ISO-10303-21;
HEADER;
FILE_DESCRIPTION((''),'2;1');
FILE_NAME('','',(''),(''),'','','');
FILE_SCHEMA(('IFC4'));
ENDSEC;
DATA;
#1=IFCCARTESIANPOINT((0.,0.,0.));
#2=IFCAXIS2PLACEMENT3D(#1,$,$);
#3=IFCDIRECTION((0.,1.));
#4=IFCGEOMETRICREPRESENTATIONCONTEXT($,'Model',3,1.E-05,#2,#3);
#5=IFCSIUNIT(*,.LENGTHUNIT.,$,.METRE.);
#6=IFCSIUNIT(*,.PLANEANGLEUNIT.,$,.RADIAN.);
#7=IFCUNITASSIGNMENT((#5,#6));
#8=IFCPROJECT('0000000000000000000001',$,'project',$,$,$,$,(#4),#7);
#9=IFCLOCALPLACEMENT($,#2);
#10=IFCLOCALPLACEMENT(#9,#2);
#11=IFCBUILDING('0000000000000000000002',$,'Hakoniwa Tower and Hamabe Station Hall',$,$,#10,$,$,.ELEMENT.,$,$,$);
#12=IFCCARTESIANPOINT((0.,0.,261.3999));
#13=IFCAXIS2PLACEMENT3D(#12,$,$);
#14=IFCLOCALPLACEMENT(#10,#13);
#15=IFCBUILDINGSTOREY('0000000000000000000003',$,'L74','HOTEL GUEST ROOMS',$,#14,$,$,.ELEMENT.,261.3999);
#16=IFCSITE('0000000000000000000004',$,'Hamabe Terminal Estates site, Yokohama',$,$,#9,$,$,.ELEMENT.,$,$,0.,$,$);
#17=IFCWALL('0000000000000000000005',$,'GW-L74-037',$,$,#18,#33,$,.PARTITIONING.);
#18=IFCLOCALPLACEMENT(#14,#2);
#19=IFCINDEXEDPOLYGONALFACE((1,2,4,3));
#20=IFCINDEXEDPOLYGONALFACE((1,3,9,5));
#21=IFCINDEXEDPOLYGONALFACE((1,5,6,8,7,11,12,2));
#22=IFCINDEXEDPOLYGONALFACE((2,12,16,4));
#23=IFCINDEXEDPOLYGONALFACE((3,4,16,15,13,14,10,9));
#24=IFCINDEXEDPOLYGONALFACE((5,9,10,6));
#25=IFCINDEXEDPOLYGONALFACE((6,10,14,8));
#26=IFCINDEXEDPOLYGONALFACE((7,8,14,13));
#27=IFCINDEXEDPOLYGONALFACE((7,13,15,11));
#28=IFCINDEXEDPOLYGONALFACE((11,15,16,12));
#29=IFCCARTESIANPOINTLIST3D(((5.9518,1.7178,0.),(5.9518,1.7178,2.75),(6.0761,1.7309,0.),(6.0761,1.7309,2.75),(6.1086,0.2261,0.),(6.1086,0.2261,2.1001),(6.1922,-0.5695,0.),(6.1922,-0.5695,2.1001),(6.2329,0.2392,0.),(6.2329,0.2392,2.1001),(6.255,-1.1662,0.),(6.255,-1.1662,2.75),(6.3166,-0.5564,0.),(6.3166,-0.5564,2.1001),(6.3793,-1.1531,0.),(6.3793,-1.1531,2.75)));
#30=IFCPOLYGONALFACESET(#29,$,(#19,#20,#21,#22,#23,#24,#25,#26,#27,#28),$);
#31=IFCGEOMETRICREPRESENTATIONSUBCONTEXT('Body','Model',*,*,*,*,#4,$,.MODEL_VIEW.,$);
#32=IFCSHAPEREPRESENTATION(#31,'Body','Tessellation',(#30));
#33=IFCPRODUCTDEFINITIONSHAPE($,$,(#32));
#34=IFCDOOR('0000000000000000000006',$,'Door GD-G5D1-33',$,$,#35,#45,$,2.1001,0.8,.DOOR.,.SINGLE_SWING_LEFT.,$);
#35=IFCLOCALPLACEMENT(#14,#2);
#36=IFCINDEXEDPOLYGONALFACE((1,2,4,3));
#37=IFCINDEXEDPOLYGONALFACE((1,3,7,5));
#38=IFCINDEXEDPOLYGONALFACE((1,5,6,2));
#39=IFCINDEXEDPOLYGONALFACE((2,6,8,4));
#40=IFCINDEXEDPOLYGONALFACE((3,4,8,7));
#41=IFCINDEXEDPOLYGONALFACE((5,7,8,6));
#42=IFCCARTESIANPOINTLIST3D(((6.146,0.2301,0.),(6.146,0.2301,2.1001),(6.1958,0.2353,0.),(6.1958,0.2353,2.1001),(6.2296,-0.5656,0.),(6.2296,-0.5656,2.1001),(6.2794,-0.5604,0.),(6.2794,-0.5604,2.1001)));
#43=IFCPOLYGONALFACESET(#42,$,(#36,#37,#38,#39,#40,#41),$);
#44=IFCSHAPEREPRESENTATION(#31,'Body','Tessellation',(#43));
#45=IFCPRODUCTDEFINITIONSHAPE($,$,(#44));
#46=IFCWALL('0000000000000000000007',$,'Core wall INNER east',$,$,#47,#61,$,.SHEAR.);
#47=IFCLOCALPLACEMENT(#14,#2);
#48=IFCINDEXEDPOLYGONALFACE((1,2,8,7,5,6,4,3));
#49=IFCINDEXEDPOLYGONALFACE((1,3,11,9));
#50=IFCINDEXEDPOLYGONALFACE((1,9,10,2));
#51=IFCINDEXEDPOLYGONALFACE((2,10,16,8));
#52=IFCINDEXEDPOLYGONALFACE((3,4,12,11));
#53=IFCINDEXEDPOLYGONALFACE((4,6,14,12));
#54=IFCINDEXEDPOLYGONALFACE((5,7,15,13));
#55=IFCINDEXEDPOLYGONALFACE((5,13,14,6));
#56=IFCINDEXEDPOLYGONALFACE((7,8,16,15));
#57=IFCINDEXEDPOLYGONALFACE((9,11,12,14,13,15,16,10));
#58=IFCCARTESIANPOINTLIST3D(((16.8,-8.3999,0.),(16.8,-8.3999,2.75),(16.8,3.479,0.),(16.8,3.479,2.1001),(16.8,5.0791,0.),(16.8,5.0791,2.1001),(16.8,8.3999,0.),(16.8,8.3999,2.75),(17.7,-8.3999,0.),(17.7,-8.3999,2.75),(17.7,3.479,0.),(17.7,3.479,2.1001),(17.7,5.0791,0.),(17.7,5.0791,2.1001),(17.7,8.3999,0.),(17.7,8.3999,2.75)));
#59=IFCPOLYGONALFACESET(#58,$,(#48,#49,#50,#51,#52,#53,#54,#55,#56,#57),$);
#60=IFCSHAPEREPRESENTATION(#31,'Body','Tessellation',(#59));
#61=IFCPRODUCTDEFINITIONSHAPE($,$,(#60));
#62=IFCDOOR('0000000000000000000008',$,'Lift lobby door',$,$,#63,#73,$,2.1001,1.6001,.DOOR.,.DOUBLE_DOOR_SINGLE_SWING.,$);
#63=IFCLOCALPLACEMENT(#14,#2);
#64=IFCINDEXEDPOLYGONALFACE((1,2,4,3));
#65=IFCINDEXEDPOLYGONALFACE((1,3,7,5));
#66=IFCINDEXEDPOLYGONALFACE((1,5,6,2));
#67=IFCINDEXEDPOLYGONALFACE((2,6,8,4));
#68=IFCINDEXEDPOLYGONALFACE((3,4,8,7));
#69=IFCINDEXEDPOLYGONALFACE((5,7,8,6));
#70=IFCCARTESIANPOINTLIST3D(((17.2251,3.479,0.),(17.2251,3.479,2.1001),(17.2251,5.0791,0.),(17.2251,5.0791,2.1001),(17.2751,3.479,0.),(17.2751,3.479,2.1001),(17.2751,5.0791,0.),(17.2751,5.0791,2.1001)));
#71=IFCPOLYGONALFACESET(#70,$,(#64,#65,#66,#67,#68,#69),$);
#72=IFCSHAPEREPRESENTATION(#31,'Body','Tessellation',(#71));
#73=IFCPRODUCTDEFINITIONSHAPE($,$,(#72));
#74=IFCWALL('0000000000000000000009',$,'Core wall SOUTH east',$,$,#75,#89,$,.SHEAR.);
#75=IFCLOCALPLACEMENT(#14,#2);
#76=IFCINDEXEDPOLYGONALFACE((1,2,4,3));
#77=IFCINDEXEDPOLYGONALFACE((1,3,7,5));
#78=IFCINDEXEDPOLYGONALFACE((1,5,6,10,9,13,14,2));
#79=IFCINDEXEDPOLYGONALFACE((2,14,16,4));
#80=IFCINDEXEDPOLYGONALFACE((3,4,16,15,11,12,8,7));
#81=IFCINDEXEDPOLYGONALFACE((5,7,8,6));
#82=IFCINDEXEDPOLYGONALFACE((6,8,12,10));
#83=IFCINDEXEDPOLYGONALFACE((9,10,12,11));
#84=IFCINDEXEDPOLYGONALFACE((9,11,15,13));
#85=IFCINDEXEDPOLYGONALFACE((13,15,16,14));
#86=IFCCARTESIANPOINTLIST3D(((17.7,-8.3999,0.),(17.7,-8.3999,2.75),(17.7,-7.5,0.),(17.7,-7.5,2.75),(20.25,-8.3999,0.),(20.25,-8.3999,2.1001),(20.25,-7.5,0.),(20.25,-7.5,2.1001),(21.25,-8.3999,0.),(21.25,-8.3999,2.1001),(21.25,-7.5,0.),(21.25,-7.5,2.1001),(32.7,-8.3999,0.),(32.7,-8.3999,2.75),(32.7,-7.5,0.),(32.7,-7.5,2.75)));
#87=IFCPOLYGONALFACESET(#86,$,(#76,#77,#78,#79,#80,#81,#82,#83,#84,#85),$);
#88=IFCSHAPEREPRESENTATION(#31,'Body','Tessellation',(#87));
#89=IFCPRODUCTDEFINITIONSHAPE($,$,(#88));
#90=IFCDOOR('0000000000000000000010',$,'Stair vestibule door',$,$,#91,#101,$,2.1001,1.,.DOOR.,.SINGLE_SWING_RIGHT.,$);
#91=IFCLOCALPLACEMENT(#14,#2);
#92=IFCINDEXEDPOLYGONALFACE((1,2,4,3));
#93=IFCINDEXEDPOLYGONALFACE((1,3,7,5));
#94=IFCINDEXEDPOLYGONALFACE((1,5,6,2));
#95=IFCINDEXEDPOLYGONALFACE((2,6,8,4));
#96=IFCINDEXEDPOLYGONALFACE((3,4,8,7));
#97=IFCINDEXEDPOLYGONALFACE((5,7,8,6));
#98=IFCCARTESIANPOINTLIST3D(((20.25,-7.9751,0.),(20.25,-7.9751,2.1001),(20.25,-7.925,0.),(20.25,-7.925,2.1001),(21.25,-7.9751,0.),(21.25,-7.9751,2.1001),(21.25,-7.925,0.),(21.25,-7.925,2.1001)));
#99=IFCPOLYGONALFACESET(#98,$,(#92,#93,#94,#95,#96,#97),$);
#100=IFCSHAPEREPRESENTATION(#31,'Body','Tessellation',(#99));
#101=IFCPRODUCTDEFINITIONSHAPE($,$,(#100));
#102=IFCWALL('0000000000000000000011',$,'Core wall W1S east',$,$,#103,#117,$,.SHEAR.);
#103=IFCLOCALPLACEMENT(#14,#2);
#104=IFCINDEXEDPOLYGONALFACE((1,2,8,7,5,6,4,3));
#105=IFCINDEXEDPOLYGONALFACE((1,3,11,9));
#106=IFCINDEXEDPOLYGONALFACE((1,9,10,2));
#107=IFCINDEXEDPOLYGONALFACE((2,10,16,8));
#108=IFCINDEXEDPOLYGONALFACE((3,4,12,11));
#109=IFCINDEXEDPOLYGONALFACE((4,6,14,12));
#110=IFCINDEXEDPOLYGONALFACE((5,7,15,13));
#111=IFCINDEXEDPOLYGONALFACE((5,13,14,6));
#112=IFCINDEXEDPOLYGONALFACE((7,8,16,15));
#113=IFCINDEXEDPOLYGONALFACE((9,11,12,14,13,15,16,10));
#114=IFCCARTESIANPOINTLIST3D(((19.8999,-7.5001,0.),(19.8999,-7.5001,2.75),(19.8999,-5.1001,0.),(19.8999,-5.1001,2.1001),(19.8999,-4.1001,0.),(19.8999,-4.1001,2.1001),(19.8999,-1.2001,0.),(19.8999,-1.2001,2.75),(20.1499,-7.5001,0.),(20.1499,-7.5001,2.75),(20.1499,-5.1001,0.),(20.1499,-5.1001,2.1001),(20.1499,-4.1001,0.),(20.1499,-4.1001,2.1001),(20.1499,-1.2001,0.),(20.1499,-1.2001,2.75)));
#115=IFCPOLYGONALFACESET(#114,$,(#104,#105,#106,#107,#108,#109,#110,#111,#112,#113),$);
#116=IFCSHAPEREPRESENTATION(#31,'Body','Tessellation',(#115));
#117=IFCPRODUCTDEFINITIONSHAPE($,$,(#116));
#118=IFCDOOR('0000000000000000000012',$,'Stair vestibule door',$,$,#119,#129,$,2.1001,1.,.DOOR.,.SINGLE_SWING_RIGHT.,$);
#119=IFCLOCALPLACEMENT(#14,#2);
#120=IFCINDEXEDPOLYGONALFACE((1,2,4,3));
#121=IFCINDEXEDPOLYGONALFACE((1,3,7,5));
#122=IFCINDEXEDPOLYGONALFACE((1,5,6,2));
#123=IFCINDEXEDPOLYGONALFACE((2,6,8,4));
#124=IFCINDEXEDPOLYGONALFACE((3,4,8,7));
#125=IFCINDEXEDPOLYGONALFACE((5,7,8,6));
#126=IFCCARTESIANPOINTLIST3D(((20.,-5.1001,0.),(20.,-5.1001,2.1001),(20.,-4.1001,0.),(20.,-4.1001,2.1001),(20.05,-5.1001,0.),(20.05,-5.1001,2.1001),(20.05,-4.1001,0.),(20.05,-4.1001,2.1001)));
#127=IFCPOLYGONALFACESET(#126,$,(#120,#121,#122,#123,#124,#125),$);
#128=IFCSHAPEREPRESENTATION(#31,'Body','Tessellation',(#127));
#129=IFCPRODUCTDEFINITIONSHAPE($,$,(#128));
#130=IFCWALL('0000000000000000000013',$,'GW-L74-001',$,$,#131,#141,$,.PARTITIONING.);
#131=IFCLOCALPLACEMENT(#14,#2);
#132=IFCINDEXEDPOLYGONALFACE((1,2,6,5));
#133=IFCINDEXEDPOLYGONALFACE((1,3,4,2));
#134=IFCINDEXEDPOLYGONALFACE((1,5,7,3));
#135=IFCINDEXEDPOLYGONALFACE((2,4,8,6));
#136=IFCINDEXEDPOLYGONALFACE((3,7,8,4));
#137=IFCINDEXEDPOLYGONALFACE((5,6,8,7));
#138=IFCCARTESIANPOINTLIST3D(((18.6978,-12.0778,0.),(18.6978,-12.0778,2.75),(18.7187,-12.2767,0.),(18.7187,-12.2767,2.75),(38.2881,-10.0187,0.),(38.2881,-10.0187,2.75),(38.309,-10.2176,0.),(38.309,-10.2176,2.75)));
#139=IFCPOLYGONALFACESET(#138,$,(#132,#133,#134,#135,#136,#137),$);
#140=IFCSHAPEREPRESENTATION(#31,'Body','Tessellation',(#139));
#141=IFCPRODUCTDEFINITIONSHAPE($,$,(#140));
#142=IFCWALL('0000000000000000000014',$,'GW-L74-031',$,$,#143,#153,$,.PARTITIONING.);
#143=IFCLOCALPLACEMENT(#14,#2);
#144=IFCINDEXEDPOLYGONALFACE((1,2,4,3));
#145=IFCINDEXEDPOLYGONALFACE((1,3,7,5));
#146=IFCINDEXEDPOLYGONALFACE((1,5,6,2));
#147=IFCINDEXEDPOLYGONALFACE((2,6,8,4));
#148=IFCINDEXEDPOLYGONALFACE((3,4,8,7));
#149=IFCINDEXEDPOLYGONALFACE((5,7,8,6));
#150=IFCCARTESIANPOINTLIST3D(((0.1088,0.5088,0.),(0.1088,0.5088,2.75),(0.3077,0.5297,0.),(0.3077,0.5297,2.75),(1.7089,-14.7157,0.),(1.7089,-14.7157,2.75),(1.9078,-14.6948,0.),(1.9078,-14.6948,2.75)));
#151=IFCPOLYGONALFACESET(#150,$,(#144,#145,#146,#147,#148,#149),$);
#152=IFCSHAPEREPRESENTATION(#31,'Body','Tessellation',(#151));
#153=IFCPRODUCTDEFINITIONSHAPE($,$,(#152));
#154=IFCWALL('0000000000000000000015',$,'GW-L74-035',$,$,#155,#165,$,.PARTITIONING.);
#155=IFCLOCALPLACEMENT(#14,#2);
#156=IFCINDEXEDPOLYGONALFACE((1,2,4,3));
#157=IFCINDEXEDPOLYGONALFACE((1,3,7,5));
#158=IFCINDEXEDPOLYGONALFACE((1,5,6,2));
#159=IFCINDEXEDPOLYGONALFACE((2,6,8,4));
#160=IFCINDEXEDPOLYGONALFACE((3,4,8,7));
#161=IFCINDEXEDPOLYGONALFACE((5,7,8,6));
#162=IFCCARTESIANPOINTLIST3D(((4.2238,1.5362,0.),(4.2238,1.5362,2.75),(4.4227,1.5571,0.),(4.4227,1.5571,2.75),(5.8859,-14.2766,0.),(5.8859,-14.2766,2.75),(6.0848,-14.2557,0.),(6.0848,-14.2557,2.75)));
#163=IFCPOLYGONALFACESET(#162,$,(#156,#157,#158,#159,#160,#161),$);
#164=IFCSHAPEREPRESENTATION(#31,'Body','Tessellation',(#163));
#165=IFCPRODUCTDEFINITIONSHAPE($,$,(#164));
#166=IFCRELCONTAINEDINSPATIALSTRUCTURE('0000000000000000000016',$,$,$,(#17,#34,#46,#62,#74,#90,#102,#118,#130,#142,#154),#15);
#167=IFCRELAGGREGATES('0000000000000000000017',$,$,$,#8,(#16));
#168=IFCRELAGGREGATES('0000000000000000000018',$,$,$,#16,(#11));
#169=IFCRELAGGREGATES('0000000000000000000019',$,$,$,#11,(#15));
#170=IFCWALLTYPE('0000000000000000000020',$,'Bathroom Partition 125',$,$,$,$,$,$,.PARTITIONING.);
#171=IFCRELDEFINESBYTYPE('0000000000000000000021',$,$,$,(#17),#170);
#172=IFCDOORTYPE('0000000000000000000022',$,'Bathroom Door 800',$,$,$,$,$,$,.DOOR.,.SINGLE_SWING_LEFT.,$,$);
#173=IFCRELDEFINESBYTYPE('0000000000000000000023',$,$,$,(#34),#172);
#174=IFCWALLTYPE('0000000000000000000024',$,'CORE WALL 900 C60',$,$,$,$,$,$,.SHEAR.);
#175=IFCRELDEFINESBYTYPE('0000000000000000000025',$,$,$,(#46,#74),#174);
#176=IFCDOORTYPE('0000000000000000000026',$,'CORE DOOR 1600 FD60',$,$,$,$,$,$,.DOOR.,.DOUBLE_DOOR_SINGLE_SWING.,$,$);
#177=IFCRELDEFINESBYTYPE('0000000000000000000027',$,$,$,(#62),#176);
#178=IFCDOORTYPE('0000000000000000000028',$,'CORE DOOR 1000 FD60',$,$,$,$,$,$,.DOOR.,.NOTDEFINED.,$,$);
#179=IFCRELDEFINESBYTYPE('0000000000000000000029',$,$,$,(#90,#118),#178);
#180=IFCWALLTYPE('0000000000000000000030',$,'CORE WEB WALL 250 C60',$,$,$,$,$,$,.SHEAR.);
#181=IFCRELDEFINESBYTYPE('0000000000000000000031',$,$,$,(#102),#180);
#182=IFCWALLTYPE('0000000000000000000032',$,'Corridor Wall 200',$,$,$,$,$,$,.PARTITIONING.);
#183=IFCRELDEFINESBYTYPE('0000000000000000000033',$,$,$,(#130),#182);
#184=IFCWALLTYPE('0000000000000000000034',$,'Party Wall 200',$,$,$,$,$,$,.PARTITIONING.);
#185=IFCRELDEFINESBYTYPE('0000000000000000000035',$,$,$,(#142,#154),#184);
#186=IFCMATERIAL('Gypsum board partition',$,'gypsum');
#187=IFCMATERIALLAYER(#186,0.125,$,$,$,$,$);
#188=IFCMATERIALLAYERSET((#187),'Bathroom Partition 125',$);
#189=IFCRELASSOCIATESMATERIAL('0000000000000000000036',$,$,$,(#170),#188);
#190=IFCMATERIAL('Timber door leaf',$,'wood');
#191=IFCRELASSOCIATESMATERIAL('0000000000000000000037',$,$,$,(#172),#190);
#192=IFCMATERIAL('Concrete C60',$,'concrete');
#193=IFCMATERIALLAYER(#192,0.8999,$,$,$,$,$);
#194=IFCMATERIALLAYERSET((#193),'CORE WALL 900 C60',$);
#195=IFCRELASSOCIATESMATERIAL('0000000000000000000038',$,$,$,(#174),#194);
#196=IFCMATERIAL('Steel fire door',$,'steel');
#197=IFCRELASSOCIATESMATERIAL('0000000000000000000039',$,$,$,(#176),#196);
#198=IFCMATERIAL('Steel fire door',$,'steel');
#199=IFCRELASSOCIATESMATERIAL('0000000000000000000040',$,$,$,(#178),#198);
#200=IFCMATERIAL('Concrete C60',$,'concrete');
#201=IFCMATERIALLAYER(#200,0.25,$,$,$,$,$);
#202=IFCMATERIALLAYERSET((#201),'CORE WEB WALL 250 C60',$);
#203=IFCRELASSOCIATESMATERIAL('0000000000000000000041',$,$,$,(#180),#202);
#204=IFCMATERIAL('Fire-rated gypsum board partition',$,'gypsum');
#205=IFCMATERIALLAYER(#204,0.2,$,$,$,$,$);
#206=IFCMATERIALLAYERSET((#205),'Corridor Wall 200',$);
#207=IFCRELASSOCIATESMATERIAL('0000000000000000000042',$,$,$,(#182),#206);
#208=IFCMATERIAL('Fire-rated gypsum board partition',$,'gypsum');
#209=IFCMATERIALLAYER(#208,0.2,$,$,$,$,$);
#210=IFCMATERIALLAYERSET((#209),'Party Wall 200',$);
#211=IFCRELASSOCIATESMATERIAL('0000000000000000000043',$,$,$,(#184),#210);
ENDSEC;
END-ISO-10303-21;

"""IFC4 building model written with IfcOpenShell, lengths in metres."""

from ifc_helpers import new_model, si_unit, direction, frame, frame_2d, origin, place, context, subcontext, project, spatial, rectangle, extrude, material, layer, layer_set, type_object, element, fill, save


model = new_model("IFC4")

# Units and contexts
model_context = context("Model", 3, precision=1e-05, world=origin(), true_north=direction((0.0, 1.0)))
body_context = subcontext(model_context, "Body", "Model", "MODEL_VIEW")
ifc_project = project(units=[si_unit("LENGTHUNIT", "METRE"), si_unit("PLANEANGLEUNIT", "RADIAN")], contexts=[model_context])

# Site, building, storey
site_placement = place(None, origin())
site = spatial("IfcSite", under=ifc_project, at=site_placement, Name="Hamabe Terminal Estates site, Yokohama", CompositionType="ELEMENT", RefElevation=0.0)
building_placement = place(site_placement, origin())
building = spatial("IfcBuilding", under=site, at=building_placement, Name="Hakoniwa Tower and Hamabe Station Hall", CompositionType="ELEMENT")
storey_placement = place(building_placement, frame((0.0, 0.0, 261.3999)))
storey = spatial("IfcBuildingStorey", under=building, at=storey_placement, Name="L74", Description="HOTEL GUEST ROOMS", CompositionType="ELEMENT", Elevation=261.3999)

# Shared definitions
ifc_material_1 = material(Name="Gypsum board partition", Category="gypsum")
ifc_layer_1 = layer(ifc_material_1, 0.125)
ifc_layer_set_1 = layer_set([ifc_layer_1], Name="Bathroom Partition 125")
wall_type_1 = type_object("IfcWallType", Name="Bathroom Partition 125", PredefinedType="PARTITIONING", material=ifc_layer_set_1)

# Walls, openings, doors
ifc_material_2 = material(Name="Timber door leaf", Category="wood")
door_type_1 = type_object("IfcDoorType", Name="Bathroom Door 800", OperationType="SINGLE_SWING_LEFT", PredefinedType="DOOR", material=ifc_material_2)
wall_1_placement = place(storey_placement, frame((6.3171, -1.1597, 0.0), z_axis=(0.0, 0.0, 1.0), x_axis=(-0.104562, 0.994518, 0.0)))
wall_1 = element("IfcWall", 1, at=wall_1_placement, inside=storey, type_object=wall_type_1, Name="GW-L74-037", PredefinedType="PARTITIONING", context=body_context, shape_type="SweptSolid", body=[
    extrude(rectangle(XDim=2.8999, YDim=0.125, at=frame_2d((1.45, 0.0))), origin(), (0.0, 0.0, 1.0), 2.75),
])
opening_1_placement = place(wall_1_placement, frame((0.6001, 0.0, 0.0)))
opening_1 = element("IfcOpeningElement", 2, at=opening_1_placement, cuts=wall_1, PredefinedType="OPENING", context=body_context, shape_type="SweptSolid", body=[
    extrude(rectangle(XDim=0.8, YDim=2.1001, at=frame_2d((0.3999, 1.05))), frame((0.0, 0.0725, 0.0), z_axis=(0.0, -1.0, 0.0), x_axis=(1.0, 0.0, 0.0)), (0.0, 0.0, 1.0), 0.145),
])
door_1_placement = place(opening_1_placement, origin())
door_1 = element("IfcDoor", 3, at=door_1_placement, inside=storey, type_object=door_type_1, Name="Door GD-G5D1-33", OperationType="SINGLE_SWING_LEFT", OverallHeight=2.1001, OverallWidth=0.8, PredefinedType="DOOR", context=body_context, shape_type="SweptSolid", body=[
    extrude(rectangle(XDim=0.8, YDim=2.1001, at=frame_2d((0.3999, 1.05))), frame((0.0, 0.0249, 0.0), z_axis=(0.0, -1.0, 0.0), x_axis=(1.0, 0.0, 0.0)), (0.0, 0.0, 1.0), 0.05),
])
fill(opening_1, door_1)
ifc_material_3 = material(Name="Concrete C60", Category="concrete")
ifc_layer_2 = layer(ifc_material_3, 0.8999)
ifc_layer_set_2 = layer_set([ifc_layer_2], Name="CORE WALL 900 C60")
wall_type_2 = type_object("IfcWallType", Name="CORE WALL 900 C60", PredefinedType="SHEAR", material=ifc_layer_set_2)
wall_2_placement = place(storey_placement, frame((17.25, -8.3999, 0.0), z_axis=(0.0, 0.0, 1.0), x_axis=(0.0, 1.0, 0.0)))
wall_2 = element("IfcWall", 4, at=wall_2_placement, inside=storey, type_object=wall_type_2, Name="Core wall INNER east", PredefinedType="SHEAR", context=body_context, shape_type="SweptSolid", body=[
    extrude(rectangle(XDim=16.7998, YDim=0.8999, at=frame_2d((8.3999, 0.0))), origin(), (0.0, 0.0, 1.0), 2.75),
])
opening_2_placement = place(wall_2_placement, frame((11.8789, 0.0, 0.0)))
opening_2 = element("IfcOpeningElement", 5, at=opening_2_placement, cuts=wall_2, PredefinedType="OPENING", context=body_context, shape_type="SweptSolid", body=[
    extrude(rectangle(XDim=1.6001, YDim=2.1001, at=frame_2d((0.8, 1.05))), frame((0.0, 0.46, 0.0), z_axis=(0.0, -1.0, 0.0), x_axis=(1.0, 0.0, 0.0)), (0.0, 0.0, 1.0), 0.9199),
])
ifc_material_4 = material(Name="Steel fire door", Category="steel")
door_type_2 = type_object("IfcDoorType", Name="CORE DOOR 1600 FD60", OperationType="DOUBLE_DOOR_SINGLE_SWING", PredefinedType="DOOR", material=ifc_material_4)
door_2_placement = place(opening_2_placement, origin())
door_2 = element("IfcDoor", 6, at=door_2_placement, inside=storey, type_object=door_type_2, Name="Lift lobby door", OperationType="DOUBLE_DOOR_SINGLE_SWING", OverallHeight=2.1001, OverallWidth=1.6001, PredefinedType="DOOR", context=body_context, shape_type="SweptSolid", body=[
    extrude(rectangle(XDim=1.6001, YDim=2.1001, at=frame_2d((0.8, 1.05))), frame((0.0, 0.0249, 0.0), z_axis=(0.0, -1.0, 0.0), x_axis=(1.0, 0.0, 0.0)), (0.0, 0.0, 1.0), 0.05),
])
fill(opening_2, door_2)
wall_3_placement = place(storey_placement, frame((17.7, -7.95, 0.0), z_axis=(0.0, 0.0, 1.0), x_axis=(1.0, 0.0, 0.0)))
wall_3 = element("IfcWall", 7, at=wall_3_placement, inside=storey, type_object=wall_type_2, Name="Core wall SOUTH east", PredefinedType="SHEAR", context=body_context, shape_type="SweptSolid", body=[
    extrude(rectangle(XDim=15.0, YDim=0.8999, at=frame_2d((7.5, 0.0))), origin(), (0.0, 0.0, 1.0), 2.75),
])
opening_3_placement = place(wall_3_placement, frame((2.55, 0.0, 0.0)))
opening_3 = element("IfcOpeningElement", 8, at=opening_3_placement, cuts=wall_3, PredefinedType="OPENING", context=body_context, shape_type="SweptSolid", body=[
    extrude(rectangle(XDim=1.0, YDim=2.1001, at=frame_2d((0.5, 1.05))), frame((0.0, 0.46, 0.0), z_axis=(0.0, -1.0, 0.0), x_axis=(1.0, 0.0, 0.0)), (0.0, 0.0, 1.0), 0.9199),
])
ifc_material_5 = material(Name="Steel fire door", Category="steel")
door_type_3 = type_object("IfcDoorType", Name="CORE DOOR 1000 FD60", OperationType="NOTDEFINED", PredefinedType="DOOR", material=ifc_material_5)
door_3_placement = place(opening_3_placement, origin())
door_3 = element("IfcDoor", 9, at=door_3_placement, inside=storey, type_object=door_type_3, Name="Stair vestibule door", OperationType="SINGLE_SWING_RIGHT", OverallHeight=2.1001, OverallWidth=1.0, PredefinedType="DOOR", context=body_context, shape_type="SweptSolid", body=[
    extrude(rectangle(XDim=1.0, YDim=2.1001, at=frame_2d((0.5, 1.05))), frame((0.0, 0.0249, 0.0), z_axis=(0.0, -1.0, 0.0), x_axis=(1.0, 0.0, 0.0)), (0.0, 0.0, 1.0), 0.05),
])
fill(opening_3, door_3)
ifc_material_6 = material(Name="Concrete C60", Category="concrete")
ifc_layer_3 = layer(ifc_material_6, 0.25)
ifc_layer_set_3 = layer_set([ifc_layer_3], Name="CORE WEB WALL 250 C60")
wall_type_3 = type_object("IfcWallType", Name="CORE WEB WALL 250 C60", PredefinedType="SHEAR", material=ifc_layer_set_3)
wall_4_placement = place(storey_placement, frame((20.0249, -7.5, 0.0), z_axis=(0.0, 0.0, 1.0), x_axis=(0.0, 1.0, 0.0)))
wall_4 = element("IfcWall", 10, at=wall_4_placement, inside=storey, type_object=wall_type_3, Name="Core wall W1S east", PredefinedType="SHEAR", context=body_context, shape_type="SweptSolid", body=[
    extrude(rectangle(XDim=6.3, YDim=0.25, at=frame_2d((3.1499, 0.0))), origin(), (0.0, 0.0, 1.0), 2.75),
])
opening_4_placement = place(wall_4_placement, frame((2.3999, 0.0, 0.0)))
opening_4 = element("IfcOpeningElement", 11, at=opening_4_placement, cuts=wall_4, PredefinedType="OPENING", context=body_context, shape_type="SweptSolid", body=[
    extrude(rectangle(XDim=1.0, YDim=2.1001, at=frame_2d((0.5, 1.05))), frame((0.0, 0.135, 0.0), z_axis=(0.0, -1.0, 0.0), x_axis=(1.0, 0.0, 0.0)), (0.0, 0.0, 1.0), 0.27),
])
door_4_placement = place(opening_4_placement, origin())
door_4 = element("IfcDoor", 12, at=door_4_placement, inside=storey, type_object=door_type_3, Name="Stair vestibule door", OperationType="SINGLE_SWING_RIGHT", OverallHeight=2.1001, OverallWidth=1.0, PredefinedType="DOOR", context=body_context, shape_type="SweptSolid", body=[
    extrude(rectangle(XDim=1.0, YDim=2.1001, at=frame_2d((0.5, 1.05))), frame((0.0, 0.0249, 0.0), z_axis=(0.0, -1.0, 0.0), x_axis=(1.0, 0.0, 0.0)), (0.0, 0.0, 1.0), 0.05),
])
fill(opening_4, door_4)

# Walls
ifc_material_7 = material(Name="Fire-rated gypsum board partition", Category="gypsum")
ifc_layer_4 = layer(ifc_material_7, 0.2)
ifc_layer_set_4 = layer_set([ifc_layer_4], Name="Corridor Wall 200")
wall_type_4 = type_object("IfcWallType", Name="Corridor Wall 200", PredefinedType="PARTITIONING", material=ifc_layer_set_4)
wall_5_placement = place(storey_placement, frame((18.7083, -12.1772, 0.0), z_axis=(0.0, 0.0, 1.0), x_axis=(0.994522, 0.104531, 0.0)))
element("IfcWall", 13, at=wall_5_placement, inside=storey, type_object=wall_type_4, Name="GW-L74-001", PredefinedType="PARTITIONING", context=body_context, shape_type="SweptSolid", body=[
    extrude(rectangle(XDim=19.6982, YDim=0.2, at=frame_2d((9.8491, 0.0))), origin(), (0.0, 0.0, 1.0), 2.75),
])
ifc_material_8 = material(Name="Fire-rated gypsum board partition", Category="gypsum")
ifc_layer_5 = layer(ifc_material_8, 0.2)
ifc_layer_set_5 = layer_set([ifc_layer_5], Name="Party Wall 200")
wall_type_5 = type_object("IfcWallType", Name="Party Wall 200", PredefinedType="PARTITIONING", material=ifc_layer_set_5)
wall_6_placement = place(storey_placement, frame((1.8083, -14.7053, 0.0), z_axis=(0.0, 0.0, 1.0), x_axis=(-0.104524, 0.994522, 0.0)))
element("IfcWall", 14, at=wall_6_placement, inside=storey, type_object=wall_type_5, Name="GW-L74-031", PredefinedType="PARTITIONING", context=body_context, shape_type="SweptSolid", body=[
    extrude(rectangle(XDim=15.3083, YDim=0.2, at=frame_2d((7.6543, 0.0))), origin(), (0.0, 0.0, 1.0), 2.75),
])
wall_7_placement = place(storey_placement, frame((5.9854, -14.2661, 0.0), z_axis=(0.0, 0.0, 1.0), x_axis=(-0.104536, 0.994521, 0.0)))
element("IfcWall", 15, at=wall_7_placement, inside=storey, type_object=wall_type_5, Name="GW-L74-035", PredefinedType="PARTITIONING", context=body_context, shape_type="SweptSolid", body=[
    extrude(rectangle(XDim=15.8999, YDim=0.2, at=frame_2d((7.95, 0.0))), origin(), (0.0, 0.0, 1.0), 2.75),
])

save(model, "model.ifc")
